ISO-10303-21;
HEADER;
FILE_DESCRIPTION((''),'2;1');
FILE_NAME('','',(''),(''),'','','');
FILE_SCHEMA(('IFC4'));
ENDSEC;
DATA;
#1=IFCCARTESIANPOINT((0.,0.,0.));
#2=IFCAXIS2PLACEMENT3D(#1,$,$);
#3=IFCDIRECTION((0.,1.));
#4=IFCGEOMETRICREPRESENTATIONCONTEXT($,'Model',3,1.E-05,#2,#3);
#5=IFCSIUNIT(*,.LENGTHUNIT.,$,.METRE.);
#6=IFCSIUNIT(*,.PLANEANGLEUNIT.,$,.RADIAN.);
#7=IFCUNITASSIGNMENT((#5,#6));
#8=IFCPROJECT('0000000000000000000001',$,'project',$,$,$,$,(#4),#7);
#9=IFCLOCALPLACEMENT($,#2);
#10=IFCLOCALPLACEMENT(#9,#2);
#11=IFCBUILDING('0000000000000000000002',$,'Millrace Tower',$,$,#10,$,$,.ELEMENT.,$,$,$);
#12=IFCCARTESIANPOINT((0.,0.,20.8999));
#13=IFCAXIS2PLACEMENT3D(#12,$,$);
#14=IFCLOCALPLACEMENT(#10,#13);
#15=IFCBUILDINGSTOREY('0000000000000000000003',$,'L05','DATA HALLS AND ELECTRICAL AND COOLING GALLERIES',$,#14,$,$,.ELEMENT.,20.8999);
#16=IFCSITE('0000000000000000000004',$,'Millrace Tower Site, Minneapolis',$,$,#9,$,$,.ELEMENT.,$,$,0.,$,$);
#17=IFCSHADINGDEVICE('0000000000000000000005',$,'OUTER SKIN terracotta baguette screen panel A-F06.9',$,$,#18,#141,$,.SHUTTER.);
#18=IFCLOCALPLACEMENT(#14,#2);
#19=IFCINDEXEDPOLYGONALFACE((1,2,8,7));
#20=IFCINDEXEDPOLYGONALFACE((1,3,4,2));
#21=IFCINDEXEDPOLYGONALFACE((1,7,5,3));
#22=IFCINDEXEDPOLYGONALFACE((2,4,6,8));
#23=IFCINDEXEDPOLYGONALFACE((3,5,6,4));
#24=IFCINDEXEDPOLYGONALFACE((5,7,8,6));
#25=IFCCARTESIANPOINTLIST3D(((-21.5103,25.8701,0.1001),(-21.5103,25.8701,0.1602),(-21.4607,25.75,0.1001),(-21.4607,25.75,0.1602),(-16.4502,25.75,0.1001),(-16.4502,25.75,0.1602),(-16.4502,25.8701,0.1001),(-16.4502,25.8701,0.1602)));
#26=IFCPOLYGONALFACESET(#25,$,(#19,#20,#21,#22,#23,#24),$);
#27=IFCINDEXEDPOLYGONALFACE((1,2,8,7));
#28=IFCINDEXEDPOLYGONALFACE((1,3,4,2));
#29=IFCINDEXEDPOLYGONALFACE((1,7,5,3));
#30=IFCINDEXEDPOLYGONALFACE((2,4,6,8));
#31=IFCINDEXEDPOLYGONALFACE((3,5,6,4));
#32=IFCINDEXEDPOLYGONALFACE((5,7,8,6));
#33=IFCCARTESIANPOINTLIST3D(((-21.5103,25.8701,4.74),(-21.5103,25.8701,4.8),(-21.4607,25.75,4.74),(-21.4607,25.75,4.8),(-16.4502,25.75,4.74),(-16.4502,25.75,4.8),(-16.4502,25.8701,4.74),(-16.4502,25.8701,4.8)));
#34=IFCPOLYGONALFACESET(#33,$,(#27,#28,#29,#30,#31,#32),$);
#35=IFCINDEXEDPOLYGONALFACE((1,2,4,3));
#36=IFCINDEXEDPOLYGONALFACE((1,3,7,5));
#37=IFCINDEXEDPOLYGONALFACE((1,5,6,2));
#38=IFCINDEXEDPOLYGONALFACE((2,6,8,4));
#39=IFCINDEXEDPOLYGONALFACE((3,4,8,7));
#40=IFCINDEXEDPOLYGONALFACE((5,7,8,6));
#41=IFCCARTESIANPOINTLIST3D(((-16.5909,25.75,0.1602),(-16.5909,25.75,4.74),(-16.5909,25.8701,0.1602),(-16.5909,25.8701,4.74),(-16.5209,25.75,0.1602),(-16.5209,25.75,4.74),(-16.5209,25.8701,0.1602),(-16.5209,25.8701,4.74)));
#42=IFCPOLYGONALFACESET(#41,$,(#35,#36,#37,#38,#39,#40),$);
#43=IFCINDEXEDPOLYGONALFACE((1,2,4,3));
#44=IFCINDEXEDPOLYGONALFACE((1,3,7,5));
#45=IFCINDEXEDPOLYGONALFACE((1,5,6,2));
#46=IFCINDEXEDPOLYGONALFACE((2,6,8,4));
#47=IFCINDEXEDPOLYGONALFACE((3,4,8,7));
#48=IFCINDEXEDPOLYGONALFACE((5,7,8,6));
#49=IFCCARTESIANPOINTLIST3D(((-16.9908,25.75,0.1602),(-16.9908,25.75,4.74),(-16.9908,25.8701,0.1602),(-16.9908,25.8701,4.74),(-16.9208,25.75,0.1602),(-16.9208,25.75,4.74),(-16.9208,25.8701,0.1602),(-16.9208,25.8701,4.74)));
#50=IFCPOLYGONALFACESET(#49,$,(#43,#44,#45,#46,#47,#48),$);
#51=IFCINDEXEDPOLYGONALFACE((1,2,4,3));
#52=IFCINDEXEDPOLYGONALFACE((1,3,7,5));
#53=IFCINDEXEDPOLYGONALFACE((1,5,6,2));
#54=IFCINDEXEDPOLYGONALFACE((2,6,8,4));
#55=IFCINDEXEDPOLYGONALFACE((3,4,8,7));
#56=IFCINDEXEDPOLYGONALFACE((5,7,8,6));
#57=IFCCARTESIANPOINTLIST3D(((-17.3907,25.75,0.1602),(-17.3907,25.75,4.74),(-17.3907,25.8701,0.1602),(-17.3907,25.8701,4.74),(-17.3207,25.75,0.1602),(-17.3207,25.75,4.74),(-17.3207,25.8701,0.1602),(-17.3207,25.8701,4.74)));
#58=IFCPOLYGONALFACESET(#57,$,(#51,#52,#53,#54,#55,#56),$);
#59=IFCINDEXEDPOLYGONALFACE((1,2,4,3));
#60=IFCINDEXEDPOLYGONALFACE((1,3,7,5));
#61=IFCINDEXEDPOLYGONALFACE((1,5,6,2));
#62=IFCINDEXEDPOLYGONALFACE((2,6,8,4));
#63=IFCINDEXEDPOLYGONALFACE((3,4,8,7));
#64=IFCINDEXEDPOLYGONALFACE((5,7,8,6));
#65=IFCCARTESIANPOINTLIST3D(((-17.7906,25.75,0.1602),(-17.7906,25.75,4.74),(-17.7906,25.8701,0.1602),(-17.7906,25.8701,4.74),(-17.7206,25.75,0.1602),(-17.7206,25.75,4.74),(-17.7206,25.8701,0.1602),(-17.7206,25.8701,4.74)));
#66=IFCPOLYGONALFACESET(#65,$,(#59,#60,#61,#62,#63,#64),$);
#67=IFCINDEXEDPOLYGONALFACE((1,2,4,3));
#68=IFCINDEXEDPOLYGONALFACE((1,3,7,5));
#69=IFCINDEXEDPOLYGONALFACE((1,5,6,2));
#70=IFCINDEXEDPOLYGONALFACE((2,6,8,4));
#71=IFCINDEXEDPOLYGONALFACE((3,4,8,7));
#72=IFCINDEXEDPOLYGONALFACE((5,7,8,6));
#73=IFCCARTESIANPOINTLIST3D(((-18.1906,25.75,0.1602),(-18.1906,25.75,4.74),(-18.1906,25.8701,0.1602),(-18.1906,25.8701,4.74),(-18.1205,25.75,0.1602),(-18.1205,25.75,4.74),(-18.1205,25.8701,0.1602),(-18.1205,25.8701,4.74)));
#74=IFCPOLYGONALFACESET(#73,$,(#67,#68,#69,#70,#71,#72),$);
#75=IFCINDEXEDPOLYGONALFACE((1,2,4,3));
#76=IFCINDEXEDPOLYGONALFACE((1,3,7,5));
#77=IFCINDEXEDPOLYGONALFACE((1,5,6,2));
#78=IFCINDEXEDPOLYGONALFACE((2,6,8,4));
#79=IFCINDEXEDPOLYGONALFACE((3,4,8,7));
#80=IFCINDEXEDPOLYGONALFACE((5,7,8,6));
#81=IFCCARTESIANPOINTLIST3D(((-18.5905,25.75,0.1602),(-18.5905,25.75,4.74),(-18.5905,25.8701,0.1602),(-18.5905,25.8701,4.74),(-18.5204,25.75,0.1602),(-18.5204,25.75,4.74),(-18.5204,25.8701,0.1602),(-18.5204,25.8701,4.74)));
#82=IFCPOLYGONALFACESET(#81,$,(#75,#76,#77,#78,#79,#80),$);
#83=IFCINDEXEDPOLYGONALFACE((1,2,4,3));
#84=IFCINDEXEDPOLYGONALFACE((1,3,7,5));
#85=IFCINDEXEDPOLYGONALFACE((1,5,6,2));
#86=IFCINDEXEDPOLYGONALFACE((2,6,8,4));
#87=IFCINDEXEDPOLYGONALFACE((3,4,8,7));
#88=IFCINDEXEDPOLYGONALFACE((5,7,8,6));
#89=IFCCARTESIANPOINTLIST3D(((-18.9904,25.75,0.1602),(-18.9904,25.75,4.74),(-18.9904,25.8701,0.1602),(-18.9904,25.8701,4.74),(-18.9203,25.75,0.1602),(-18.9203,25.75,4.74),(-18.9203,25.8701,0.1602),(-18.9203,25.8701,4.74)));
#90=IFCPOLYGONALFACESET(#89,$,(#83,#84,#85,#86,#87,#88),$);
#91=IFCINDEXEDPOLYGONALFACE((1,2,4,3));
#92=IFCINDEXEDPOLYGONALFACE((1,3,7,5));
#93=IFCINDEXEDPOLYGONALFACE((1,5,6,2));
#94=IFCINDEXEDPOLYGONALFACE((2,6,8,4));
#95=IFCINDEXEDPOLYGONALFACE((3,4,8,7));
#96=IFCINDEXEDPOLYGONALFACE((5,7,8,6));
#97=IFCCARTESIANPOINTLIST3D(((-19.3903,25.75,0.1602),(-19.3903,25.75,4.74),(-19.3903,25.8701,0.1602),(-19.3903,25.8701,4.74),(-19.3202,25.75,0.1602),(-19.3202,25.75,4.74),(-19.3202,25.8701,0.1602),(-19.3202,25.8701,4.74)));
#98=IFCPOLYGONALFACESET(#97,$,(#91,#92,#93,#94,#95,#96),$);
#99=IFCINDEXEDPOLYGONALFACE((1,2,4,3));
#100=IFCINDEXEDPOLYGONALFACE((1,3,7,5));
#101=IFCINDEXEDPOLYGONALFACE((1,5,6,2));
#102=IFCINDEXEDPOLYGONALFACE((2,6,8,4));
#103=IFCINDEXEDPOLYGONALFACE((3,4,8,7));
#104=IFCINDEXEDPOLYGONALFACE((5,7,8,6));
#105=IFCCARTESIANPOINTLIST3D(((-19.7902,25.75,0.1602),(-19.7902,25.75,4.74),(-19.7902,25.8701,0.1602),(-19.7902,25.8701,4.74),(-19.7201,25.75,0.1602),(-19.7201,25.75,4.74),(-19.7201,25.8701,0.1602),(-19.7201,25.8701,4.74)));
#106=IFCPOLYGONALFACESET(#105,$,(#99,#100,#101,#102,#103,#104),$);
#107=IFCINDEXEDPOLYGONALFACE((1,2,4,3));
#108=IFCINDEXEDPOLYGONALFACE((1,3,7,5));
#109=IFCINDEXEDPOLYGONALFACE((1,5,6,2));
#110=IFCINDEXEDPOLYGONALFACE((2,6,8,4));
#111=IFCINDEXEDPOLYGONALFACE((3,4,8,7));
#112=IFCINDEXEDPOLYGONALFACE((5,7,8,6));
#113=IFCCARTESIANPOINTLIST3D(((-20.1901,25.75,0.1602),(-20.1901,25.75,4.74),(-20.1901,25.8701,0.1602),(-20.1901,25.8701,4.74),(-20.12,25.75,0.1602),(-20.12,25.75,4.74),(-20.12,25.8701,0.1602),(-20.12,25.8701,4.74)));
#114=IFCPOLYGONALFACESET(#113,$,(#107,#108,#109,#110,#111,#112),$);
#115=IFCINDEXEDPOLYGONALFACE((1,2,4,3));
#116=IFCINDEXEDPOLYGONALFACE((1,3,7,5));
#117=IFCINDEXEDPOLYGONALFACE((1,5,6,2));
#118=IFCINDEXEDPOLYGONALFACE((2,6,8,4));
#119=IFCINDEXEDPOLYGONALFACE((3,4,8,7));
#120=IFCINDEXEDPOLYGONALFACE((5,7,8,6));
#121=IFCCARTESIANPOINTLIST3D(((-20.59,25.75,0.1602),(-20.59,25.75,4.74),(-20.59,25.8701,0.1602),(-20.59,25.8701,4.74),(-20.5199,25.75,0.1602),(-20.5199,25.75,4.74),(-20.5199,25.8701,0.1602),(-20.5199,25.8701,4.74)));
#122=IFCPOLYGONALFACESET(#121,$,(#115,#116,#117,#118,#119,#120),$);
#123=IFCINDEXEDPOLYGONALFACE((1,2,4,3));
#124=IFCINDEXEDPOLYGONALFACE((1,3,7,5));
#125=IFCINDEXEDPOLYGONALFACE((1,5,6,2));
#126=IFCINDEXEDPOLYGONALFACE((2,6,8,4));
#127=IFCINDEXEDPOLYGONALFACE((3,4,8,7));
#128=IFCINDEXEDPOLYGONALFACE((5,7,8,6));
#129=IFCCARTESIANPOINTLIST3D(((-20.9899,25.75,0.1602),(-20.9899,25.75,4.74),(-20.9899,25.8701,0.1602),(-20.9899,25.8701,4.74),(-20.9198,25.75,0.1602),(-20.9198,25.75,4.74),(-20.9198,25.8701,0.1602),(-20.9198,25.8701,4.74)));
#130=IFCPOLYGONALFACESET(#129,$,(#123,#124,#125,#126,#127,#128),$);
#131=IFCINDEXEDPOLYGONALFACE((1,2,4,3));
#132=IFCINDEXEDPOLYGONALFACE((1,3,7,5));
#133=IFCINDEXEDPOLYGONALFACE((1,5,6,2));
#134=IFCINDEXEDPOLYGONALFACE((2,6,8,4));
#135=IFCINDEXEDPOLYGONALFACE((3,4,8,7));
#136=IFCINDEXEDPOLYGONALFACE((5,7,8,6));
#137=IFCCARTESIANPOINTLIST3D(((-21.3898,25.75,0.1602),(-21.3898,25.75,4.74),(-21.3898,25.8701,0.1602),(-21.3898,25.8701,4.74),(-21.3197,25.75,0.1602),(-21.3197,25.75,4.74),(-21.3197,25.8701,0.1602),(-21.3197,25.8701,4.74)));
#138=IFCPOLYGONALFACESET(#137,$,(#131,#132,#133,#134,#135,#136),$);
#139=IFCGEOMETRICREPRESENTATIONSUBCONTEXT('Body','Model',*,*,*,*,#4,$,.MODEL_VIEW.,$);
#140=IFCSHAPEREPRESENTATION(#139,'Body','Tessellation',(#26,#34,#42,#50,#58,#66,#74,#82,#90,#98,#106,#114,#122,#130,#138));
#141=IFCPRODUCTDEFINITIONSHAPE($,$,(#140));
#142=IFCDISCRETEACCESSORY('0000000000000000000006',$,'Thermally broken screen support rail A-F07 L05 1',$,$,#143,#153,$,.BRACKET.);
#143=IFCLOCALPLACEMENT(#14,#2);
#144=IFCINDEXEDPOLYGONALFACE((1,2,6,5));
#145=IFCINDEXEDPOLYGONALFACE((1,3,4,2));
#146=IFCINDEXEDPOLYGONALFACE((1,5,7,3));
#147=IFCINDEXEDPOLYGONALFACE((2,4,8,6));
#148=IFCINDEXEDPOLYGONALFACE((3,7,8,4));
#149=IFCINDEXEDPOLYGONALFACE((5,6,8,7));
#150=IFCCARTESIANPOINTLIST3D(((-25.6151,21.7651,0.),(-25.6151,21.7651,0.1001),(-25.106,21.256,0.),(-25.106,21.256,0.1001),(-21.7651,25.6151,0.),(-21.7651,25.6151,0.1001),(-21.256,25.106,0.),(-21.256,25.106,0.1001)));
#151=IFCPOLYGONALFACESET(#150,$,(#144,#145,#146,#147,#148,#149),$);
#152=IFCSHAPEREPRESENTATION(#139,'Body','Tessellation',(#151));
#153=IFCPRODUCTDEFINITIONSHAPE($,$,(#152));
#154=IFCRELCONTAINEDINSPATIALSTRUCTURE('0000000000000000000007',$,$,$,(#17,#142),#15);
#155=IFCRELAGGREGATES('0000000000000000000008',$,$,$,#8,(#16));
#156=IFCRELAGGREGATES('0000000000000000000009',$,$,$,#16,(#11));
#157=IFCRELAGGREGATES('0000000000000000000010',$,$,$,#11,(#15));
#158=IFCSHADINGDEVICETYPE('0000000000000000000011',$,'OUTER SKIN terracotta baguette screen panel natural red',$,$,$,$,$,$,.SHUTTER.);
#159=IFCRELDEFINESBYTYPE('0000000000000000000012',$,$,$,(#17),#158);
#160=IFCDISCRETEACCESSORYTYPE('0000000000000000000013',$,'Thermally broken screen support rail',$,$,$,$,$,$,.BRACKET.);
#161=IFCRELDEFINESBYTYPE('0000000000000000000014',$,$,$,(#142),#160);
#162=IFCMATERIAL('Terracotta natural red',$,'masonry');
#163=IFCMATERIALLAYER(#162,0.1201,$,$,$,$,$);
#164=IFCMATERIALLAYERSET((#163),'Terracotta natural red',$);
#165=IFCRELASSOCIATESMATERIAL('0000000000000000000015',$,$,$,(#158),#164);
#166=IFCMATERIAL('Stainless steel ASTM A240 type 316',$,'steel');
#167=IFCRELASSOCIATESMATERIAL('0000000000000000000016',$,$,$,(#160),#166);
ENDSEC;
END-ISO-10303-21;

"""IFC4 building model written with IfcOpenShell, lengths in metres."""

from ifc_helpers import new_model, entity, si_unit, direction, frame, frame_2d, origin, origin_2d, place, context, subcontext, project, spatial, rectangle, extrude, source, transform, mapped, material, layer, layer_set, type_object, element, save


model = new_model("IFC4")

# Units and contexts
model_context = context("Model", 3, precision=1e-05, world=origin(), true_north=direction((0.0, 1.0)))
body_context = subcontext(model_context, "Body", "Model", "MODEL_VIEW")
ifc_project = project(units=[si_unit("LENGTHUNIT", "METRE"), si_unit("PLANEANGLEUNIT", "RADIAN")], contexts=[model_context])

# Site, building, storey
site_placement = place(None, origin())
site = spatial("IfcSite", under=ifc_project, at=site_placement, Name="Millrace Tower Site, Minneapolis", CompositionType="ELEMENT", RefElevation=0.0)
building_placement = place(site_placement, origin())
building = spatial("IfcBuilding", under=site, at=building_placement, Name="Millrace Tower", CompositionType="ELEMENT")
storey_placement = place(building_placement, frame((0.0, 0.0, 20.8999)))
storey = spatial("IfcBuildingStorey", under=building, at=storey_placement, Name="L05", Description="DATA HALLS AND ELECTRICAL AND COOLING GALLERIES", CompositionType="ELEMENT", Elevation=20.8999)

# Shading device
ifc_material_1 = material(Name="Terracotta natural red", Category="masonry")
ifc_layer_1 = layer(ifc_material_1, 0.1201)
ifc_layer_set_1 = layer_set([ifc_layer_1], Name="Terracotta natural red")
shading_device_type_1 = type_object("IfcShadingDeviceType", Name="OUTER SKIN terracotta baguette screen panel natural red", PredefinedType="SHUTTER", material=ifc_layer_set_1)
cartesian_point_1 = entity("IfcCartesianPoint", [-2.5176, 0.0601])
shared_polyline_1 = entity("IfcPolyline", [cartesian_point_1, entity("IfcCartesianPoint", [2.4929, 0.0601]), entity("IfcCartesianPoint", [2.5425, -0.0601]), entity("IfcCartesianPoint", [-2.5176, -0.0601]), cartesian_point_1])
shared_shape_1 = source(origin(), body_context, "Body", "SweptSolid", [
    entity("IfcExtrudedAreaSolid", entity("IfcArbitraryClosedProfileDef", "AREA", None, shared_polyline_1), entity("IfcAxis2Placement3D", entity("IfcCartesianPoint", [0.0, 0.0, 0.0])), entity("IfcDirection", [0.0, 0.0, 1.0]), 0.0601),
    entity("IfcExtrudedAreaSolid", entity("IfcArbitraryClosedProfileDef", "AREA", None, shared_polyline_1), entity("IfcAxis2Placement3D", entity("IfcCartesianPoint", [0.0, 0.0, 4.6399])), entity("IfcDirection", [0.0, 0.0, 1.0]), 0.0601),
    extrude(rectangle(XDim=0.0701, YDim=0.1201, at=frame_2d((-2.4119, 0.0))), frame((0.0, 0.0, 0.0601)), (0.0, 0.0, 1.0), 4.5798),
    extrude(rectangle(XDim=0.0701, YDim=0.1201, at=frame_2d((-2.012, 0.0))), frame((0.0, 0.0, 0.0601)), (0.0, 0.0, 1.0), 4.5798),
    extrude(rectangle(XDim=0.0701, YDim=0.1201, at=frame_2d((-1.6121, 0.0))), frame((0.0, 0.0, 0.0601)), (0.0, 0.0, 1.0), 4.5798),
    extrude(rectangle(XDim=0.0701, YDim=0.1201, at=frame_2d((-1.2122, 0.0))), frame((0.0, 0.0, 0.0601)), (0.0, 0.0, 1.0), 4.5798),
    extrude(rectangle(XDim=0.0701, YDim=0.1201, at=frame_2d((-0.8123, 0.0))), frame((0.0, 0.0, 0.0601)), (0.0, 0.0, 1.0), 4.5798),
    extrude(rectangle(XDim=0.0701, YDim=0.1201, at=frame_2d((-0.4124, 0.0))), frame((0.0, 0.0, 0.0601)), (0.0, 0.0, 1.0), 4.5798),
    extrude(rectangle(XDim=0.0701, YDim=0.1201, at=frame_2d((-0.0125, 0.0))), frame((0.0, 0.0, 0.0601)), (0.0, 0.0, 1.0), 4.5798),
    extrude(rectangle(XDim=0.0701, YDim=0.1201, at=frame_2d((0.3875, 0.0))), frame((0.0, 0.0, 0.0601)), (0.0, 0.0, 1.0), 4.5798),
    extrude(rectangle(XDim=0.0701, YDim=0.1201, at=frame_2d((0.7874, 0.0))), frame((0.0, 0.0, 0.0601)), (0.0, 0.0, 1.0), 4.5798),
    extrude(rectangle(XDim=0.0701, YDim=0.1201, at=frame_2d((1.1873, 0.0))), frame((0.0, 0.0, 0.0601)), (0.0, 0.0, 1.0), 4.5798),
    extrude(rectangle(XDim=0.0701, YDim=0.1201, at=frame_2d((1.5872, 0.0))), frame((0.0, 0.0, 0.0601)), (0.0, 0.0, 1.0), 4.5798),
    extrude(rectangle(XDim=0.0701, YDim=0.1201, at=frame_2d((1.9871, 0.0))), frame((0.0, 0.0, 0.0601)), (0.0, 0.0, 1.0), 4.5798),
    extrude(rectangle(XDim=0.0701, YDim=0.1201, at=frame_2d((2.387, 0.0))), frame((0.0, 0.0, 0.0601)), (0.0, 0.0, 1.0), 4.5798),
])
shading_device_1_placement = place(storey_placement, frame((-18.9678, 25.8101, 0.1001), z_axis=(0.0, 0.0, 1.0), x_axis=(-1.0, 0.0, 0.0)))
element("IfcShadingDevice", 1, at=shading_device_1_placement, inside=storey, type_object=shading_device_type_1, Name="OUTER SKIN terracotta baguette screen panel A-F06.9", PredefinedType="SHUTTER", context=body_context, shape_type="MappedRepresentation", body=[
    mapped(shared_shape_1, transform((0.0, 0.0, 0.0), scale=1.0)),
])

# Discrete accessory
ifc_material_2 = material(Name="Stainless steel ASTM A240 type 316", Category="steel")
discrete_accessory_type = type_object("IfcDiscreteAccessoryType", Name="Thermally broken screen support rail", PredefinedType="BRACKET", material=ifc_material_2)
discrete_accessory_placement = place(storey_placement, frame((-23.4355, 23.4355, 0.0), z_axis=(0.0, 0.0, 1.0), x_axis=(-0.707107, -0.707107, 0.0)))
element("IfcDiscreteAccessory", 2, at=discrete_accessory_placement, inside=storey, type_object=discrete_accessory_type, Name="Thermally broken screen support rail A-F07 L05 1", PredefinedType="BRACKET", context=body_context, shape_type="SweptSolid", body=[
    extrude(rectangle(XDim=5.4448, YDim=0.72, at=origin_2d()), origin(), (0.0, 0.0, 1.0), 0.1001),
])

save(model, "model.ifc")
